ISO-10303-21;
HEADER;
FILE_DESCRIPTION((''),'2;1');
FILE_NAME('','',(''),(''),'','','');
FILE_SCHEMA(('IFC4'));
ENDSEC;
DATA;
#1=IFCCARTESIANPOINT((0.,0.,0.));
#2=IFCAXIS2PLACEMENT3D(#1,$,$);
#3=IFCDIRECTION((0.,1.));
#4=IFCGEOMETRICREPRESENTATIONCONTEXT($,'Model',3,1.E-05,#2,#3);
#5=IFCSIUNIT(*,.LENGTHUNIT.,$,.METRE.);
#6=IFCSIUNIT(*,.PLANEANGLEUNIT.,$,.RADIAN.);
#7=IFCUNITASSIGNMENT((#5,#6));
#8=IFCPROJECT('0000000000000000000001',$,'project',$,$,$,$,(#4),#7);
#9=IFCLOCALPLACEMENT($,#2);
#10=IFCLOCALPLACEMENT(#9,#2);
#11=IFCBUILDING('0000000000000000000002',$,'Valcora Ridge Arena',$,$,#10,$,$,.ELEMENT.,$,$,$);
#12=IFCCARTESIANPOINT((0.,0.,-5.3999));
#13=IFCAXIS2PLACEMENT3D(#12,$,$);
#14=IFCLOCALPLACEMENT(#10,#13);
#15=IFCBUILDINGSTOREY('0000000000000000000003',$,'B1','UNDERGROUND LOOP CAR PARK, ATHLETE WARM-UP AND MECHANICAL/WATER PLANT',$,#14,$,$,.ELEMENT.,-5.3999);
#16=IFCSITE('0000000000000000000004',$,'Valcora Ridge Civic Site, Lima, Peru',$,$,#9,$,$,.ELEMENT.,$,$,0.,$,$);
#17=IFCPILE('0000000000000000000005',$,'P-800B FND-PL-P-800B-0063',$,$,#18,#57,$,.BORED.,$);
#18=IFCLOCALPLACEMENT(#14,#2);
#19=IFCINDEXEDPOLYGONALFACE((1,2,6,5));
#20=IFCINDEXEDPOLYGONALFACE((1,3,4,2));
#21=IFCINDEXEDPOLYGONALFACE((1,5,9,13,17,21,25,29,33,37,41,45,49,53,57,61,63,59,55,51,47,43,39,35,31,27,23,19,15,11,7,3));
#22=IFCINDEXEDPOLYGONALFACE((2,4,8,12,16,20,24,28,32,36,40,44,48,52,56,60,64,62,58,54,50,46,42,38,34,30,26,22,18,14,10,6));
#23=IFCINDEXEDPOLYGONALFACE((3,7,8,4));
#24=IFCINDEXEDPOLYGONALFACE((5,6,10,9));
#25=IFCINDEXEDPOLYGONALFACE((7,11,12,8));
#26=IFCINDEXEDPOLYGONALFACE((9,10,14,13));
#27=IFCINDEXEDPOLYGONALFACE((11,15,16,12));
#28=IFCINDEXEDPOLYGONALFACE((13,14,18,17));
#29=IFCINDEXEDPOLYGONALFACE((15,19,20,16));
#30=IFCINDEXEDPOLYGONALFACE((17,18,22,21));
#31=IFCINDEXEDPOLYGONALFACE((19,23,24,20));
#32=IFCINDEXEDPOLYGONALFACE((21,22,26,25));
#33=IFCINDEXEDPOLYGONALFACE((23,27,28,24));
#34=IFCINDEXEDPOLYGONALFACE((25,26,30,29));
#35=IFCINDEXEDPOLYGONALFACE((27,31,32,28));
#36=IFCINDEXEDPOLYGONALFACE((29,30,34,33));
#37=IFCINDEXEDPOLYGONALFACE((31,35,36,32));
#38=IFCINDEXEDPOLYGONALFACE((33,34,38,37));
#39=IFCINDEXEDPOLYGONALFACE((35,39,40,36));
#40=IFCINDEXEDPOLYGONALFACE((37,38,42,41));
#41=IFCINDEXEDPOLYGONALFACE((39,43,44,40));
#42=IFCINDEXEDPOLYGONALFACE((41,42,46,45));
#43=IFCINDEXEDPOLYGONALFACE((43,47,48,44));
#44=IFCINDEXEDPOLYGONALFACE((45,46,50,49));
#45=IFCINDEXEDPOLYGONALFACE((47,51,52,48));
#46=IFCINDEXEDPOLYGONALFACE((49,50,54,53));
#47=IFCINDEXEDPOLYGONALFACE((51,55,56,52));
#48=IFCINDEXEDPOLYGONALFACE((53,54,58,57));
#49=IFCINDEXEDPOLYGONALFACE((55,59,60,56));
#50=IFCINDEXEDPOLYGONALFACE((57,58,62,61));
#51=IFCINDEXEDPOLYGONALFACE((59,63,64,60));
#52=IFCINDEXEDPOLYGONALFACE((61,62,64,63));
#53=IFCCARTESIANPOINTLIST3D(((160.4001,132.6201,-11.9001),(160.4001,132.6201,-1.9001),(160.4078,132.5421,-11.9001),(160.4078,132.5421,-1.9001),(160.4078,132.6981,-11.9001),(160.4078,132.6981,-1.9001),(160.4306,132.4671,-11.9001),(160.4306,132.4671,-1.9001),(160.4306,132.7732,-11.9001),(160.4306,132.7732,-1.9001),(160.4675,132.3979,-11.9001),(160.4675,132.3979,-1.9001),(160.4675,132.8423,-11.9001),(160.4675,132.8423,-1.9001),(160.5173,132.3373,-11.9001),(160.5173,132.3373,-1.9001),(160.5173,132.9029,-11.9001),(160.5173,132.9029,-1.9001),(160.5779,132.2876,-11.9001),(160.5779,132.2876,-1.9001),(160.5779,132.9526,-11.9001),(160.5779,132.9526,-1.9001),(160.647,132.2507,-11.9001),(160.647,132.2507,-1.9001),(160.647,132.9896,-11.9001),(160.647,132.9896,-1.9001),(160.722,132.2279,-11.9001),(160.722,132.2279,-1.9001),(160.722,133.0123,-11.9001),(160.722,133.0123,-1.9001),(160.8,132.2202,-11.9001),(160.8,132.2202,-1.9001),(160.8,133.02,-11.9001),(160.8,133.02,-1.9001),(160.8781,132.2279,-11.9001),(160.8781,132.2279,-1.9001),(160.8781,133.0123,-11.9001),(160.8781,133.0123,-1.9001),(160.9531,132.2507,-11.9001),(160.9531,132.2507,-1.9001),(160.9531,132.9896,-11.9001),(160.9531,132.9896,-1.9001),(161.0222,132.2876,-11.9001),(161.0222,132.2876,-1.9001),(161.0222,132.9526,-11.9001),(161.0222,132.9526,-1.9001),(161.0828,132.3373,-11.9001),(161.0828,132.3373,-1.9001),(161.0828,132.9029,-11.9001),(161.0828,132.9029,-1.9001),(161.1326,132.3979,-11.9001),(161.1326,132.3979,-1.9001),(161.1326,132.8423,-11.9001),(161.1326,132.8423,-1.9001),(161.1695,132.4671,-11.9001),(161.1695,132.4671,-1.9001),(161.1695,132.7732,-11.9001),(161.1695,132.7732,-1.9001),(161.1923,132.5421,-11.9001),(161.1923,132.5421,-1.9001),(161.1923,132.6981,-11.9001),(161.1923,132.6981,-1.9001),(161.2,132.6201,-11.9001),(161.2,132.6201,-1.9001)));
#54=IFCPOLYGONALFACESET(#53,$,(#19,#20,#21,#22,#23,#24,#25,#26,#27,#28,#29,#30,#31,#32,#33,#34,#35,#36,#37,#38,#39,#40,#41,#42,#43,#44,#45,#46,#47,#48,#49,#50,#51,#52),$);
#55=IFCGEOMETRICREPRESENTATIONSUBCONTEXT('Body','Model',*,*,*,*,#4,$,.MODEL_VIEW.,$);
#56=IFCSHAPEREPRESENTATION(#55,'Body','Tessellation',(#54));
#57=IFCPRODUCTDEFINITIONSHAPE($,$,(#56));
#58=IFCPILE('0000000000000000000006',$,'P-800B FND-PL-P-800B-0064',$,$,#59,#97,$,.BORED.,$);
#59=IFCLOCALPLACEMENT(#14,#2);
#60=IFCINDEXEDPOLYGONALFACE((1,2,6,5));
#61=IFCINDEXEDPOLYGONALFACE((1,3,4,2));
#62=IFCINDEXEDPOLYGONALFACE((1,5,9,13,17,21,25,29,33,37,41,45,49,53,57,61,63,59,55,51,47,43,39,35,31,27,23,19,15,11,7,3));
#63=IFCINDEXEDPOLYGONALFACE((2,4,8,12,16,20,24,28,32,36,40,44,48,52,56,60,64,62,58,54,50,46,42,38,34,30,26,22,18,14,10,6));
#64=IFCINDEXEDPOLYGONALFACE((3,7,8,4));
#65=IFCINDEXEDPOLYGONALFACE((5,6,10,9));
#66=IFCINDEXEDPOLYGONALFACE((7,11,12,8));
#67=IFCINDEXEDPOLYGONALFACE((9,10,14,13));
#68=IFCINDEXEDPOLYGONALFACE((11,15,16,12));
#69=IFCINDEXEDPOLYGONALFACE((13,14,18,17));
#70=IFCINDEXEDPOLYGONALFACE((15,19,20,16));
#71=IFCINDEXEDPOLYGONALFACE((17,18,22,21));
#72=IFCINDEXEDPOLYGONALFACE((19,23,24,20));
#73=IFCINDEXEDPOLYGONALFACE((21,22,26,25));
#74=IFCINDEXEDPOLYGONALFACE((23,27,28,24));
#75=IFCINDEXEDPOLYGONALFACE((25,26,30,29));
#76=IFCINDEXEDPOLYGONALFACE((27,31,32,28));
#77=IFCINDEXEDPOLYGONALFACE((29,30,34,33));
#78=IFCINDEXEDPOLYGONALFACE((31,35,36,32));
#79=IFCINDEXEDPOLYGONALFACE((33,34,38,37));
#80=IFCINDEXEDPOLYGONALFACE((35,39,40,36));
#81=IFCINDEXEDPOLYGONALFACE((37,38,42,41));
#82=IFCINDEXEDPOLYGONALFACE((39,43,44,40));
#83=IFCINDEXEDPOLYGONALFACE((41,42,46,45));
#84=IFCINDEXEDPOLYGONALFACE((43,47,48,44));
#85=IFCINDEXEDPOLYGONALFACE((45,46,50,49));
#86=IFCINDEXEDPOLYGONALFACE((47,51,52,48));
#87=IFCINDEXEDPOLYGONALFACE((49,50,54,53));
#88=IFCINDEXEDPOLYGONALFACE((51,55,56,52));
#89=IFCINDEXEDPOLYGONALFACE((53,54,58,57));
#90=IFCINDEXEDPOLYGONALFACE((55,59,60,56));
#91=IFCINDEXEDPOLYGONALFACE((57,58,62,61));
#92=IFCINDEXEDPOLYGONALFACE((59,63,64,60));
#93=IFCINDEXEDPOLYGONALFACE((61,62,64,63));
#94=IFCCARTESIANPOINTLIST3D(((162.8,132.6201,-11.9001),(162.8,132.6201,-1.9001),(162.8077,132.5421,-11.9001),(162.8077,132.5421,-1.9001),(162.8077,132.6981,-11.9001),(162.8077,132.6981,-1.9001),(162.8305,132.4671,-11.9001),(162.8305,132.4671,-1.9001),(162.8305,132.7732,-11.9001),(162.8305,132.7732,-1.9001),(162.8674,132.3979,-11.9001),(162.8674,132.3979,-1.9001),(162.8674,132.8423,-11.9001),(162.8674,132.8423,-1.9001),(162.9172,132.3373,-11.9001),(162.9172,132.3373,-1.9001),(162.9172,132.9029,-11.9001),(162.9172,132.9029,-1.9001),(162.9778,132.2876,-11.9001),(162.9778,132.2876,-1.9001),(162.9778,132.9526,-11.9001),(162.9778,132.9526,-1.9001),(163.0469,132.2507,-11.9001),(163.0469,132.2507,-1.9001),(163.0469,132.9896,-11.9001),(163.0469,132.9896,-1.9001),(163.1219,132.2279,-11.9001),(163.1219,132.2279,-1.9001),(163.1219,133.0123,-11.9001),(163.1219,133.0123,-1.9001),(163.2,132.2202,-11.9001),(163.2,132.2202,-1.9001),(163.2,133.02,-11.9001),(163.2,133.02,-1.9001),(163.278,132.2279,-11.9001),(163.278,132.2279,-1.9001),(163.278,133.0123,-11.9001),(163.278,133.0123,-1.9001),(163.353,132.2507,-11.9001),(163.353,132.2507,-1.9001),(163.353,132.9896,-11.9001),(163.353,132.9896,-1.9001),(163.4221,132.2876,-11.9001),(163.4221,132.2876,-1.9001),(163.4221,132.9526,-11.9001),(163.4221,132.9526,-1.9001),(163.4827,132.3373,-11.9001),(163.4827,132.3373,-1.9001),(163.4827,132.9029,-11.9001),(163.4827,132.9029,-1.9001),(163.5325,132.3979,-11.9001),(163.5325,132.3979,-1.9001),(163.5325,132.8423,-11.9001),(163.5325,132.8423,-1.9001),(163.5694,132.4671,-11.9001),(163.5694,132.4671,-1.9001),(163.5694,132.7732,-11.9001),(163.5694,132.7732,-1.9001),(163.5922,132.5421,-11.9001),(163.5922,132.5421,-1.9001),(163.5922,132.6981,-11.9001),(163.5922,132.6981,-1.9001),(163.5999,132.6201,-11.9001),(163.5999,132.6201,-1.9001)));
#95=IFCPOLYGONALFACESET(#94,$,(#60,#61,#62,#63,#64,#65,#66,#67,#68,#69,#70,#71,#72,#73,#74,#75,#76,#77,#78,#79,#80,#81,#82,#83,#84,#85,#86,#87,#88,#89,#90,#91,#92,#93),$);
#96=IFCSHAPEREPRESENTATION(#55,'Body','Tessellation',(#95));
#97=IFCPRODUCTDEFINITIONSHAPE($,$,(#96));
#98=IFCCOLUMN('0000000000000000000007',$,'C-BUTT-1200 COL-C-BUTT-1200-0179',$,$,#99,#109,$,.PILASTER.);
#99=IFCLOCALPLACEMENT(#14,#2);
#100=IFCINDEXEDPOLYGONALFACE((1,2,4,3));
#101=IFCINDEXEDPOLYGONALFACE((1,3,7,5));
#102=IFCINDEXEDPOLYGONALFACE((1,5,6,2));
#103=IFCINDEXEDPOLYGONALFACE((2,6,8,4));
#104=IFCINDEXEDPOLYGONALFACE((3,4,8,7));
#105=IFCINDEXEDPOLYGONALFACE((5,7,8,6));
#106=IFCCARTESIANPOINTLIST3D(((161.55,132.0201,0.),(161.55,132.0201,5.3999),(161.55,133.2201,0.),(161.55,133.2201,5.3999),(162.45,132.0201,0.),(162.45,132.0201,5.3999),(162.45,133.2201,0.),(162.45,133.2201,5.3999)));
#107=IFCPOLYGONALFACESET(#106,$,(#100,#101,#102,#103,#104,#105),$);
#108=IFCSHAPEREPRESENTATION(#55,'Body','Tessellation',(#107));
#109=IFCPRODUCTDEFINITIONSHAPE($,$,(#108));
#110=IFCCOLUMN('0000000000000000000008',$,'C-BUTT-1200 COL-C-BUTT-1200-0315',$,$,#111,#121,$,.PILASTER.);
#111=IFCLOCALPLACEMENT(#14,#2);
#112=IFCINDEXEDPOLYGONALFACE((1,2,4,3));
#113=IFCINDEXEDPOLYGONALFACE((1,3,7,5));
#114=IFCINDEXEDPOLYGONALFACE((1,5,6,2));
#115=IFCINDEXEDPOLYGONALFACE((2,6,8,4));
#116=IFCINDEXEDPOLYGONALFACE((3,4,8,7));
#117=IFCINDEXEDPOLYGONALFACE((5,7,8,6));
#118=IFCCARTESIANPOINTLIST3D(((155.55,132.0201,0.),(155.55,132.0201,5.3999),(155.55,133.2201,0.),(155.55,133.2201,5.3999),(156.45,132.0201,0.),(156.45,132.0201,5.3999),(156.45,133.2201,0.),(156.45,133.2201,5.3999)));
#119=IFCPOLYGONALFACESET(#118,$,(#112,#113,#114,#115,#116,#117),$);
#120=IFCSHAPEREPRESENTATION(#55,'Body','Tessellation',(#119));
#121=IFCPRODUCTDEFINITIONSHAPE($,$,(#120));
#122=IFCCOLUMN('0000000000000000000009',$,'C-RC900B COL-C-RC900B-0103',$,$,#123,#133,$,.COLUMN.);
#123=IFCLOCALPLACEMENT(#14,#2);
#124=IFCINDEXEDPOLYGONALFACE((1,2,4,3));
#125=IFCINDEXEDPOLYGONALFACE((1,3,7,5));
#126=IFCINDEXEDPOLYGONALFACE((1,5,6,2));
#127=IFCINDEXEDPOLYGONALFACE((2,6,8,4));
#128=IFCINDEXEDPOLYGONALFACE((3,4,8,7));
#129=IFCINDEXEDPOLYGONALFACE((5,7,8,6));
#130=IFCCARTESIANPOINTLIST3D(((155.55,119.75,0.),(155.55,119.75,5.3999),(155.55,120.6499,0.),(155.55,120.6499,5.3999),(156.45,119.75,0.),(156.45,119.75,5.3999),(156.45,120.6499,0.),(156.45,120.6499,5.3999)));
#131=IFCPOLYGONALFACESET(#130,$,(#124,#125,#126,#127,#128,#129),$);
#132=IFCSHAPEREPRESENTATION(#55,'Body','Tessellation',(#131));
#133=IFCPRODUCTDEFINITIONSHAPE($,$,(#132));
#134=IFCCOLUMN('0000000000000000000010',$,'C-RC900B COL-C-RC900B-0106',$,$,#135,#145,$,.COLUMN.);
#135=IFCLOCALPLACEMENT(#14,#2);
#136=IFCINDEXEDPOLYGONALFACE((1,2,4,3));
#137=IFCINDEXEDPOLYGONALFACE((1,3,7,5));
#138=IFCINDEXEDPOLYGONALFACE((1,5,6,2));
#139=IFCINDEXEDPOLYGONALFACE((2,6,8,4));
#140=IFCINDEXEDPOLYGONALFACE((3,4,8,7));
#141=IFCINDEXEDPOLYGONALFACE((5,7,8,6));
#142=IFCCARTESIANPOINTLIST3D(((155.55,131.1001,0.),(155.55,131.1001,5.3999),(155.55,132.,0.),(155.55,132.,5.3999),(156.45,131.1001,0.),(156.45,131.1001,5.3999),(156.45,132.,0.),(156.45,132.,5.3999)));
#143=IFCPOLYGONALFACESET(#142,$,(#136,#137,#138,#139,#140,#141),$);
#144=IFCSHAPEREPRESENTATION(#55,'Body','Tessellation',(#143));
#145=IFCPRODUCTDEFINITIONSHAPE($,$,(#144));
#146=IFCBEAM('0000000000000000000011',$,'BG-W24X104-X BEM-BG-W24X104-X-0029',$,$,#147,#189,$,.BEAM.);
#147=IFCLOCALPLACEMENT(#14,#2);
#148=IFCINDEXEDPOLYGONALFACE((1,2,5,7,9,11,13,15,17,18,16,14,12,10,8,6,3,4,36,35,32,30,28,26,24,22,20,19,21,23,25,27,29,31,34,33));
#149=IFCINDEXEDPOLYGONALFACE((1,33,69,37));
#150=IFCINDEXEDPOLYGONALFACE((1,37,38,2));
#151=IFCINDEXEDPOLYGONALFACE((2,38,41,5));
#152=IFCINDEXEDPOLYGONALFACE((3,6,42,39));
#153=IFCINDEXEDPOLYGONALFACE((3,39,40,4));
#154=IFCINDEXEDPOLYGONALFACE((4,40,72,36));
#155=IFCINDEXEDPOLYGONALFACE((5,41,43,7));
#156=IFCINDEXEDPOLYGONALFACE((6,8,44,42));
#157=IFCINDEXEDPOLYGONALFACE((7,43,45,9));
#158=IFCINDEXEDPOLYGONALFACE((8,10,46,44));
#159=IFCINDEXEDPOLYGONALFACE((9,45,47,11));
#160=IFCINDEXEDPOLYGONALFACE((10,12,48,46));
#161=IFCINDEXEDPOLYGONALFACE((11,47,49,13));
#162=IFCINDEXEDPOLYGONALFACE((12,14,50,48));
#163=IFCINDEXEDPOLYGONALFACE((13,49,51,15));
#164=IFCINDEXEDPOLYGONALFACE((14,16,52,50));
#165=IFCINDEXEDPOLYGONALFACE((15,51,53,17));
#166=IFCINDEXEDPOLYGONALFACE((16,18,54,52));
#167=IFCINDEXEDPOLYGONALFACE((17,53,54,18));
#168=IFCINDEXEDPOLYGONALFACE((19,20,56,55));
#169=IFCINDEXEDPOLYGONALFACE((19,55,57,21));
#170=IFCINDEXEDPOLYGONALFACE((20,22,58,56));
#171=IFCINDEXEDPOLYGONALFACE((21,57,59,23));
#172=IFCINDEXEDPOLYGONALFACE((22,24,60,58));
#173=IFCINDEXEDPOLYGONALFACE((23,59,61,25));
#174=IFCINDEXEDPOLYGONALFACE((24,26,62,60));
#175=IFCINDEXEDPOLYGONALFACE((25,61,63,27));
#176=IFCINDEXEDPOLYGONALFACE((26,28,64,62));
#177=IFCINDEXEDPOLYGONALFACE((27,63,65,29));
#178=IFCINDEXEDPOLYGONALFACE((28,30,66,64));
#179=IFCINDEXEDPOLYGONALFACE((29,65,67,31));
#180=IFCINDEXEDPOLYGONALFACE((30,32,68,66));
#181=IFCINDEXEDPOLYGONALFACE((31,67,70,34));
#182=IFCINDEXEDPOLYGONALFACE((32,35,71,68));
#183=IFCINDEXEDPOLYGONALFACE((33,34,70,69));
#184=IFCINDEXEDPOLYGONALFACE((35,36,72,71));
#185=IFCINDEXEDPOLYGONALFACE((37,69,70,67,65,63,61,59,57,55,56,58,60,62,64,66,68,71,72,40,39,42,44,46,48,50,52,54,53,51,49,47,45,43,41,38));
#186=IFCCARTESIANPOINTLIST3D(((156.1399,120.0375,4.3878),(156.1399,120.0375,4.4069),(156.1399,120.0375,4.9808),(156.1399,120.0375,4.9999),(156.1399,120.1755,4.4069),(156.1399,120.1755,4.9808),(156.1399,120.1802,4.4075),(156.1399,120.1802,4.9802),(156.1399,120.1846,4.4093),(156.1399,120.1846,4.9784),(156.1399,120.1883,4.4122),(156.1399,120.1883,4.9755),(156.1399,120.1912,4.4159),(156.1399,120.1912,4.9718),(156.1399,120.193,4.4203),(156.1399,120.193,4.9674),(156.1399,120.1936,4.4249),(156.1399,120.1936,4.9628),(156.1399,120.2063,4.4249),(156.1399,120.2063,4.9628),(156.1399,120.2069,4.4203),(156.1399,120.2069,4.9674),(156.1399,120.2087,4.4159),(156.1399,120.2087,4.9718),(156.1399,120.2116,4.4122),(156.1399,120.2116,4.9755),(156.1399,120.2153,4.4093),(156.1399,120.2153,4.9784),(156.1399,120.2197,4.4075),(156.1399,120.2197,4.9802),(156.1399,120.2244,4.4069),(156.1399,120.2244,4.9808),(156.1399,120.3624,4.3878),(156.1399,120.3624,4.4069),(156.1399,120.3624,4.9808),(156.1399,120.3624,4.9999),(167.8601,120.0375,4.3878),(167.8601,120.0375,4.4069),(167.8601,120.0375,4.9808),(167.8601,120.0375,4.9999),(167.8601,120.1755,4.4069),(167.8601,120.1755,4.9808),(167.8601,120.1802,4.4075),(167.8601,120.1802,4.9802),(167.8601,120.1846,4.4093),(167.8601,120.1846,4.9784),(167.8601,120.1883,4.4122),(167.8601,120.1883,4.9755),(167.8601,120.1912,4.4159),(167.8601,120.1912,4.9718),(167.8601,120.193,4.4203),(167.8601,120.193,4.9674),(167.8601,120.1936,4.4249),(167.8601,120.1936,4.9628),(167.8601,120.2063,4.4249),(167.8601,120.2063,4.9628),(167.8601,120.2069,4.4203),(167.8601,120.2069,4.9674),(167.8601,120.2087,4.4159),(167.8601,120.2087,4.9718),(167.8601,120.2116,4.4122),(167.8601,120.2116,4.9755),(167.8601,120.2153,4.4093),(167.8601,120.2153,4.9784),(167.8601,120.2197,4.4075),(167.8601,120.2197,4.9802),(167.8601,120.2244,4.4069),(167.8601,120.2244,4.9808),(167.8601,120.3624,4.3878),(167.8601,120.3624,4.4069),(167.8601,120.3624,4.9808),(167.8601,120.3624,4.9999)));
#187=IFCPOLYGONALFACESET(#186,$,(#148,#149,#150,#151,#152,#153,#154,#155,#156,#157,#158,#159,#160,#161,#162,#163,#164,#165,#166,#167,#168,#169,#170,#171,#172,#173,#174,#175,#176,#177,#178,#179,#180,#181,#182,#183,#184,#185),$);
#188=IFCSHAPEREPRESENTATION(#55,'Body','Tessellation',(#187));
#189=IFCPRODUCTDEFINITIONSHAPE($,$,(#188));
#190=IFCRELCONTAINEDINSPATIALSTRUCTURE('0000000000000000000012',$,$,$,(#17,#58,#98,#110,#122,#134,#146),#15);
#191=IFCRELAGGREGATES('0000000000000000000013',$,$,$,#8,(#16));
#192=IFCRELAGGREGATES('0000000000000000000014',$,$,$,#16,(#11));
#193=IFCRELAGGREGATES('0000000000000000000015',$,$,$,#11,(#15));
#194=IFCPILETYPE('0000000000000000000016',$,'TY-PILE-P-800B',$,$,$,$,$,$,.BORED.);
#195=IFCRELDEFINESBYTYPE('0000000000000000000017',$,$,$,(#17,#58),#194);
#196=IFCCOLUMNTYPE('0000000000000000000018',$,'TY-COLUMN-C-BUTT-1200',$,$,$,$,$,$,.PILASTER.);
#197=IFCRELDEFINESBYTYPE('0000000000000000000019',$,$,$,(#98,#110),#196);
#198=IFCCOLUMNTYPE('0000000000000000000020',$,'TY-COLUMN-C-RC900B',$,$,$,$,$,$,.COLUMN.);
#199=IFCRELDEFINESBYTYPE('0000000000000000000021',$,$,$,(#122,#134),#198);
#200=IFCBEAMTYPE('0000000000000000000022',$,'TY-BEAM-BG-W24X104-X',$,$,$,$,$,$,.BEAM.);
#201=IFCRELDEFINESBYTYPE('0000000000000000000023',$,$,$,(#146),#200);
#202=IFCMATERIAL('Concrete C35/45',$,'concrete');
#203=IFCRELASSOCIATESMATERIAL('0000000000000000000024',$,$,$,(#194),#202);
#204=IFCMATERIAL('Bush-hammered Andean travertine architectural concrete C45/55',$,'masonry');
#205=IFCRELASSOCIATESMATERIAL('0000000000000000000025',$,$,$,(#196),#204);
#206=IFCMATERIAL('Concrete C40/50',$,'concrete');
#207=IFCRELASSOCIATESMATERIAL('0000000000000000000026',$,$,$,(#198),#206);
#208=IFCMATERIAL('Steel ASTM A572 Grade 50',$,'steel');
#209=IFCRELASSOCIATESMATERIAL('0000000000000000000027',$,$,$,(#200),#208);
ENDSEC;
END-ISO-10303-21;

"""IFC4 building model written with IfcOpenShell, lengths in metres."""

from ifc_helpers import new_model, si_unit, direction, frame, origin, origin_2d, place, context, subcontext, project, spatial, rectangle, circle, i_section, extrude, material, material_profile, profile_set, type_object, element, save


model = new_model("IFC4")

# Units and contexts
model_context = context("Model", 3, precision=1e-05, world=origin(), true_north=direction((0.0, 1.0)))
body_context = subcontext(model_context, "Body", "Model", "MODEL_VIEW")
ifc_project = project(units=[si_unit("LENGTHUNIT", "METRE"), si_unit("PLANEANGLEUNIT", "RADIAN")], contexts=[model_context])

# Site, building, storey
site_placement = place(None, origin())
site = spatial("IfcSite", under=ifc_project, at=site_placement, Name="Valcora Ridge Civic Site, Lima, Peru", CompositionType="ELEMENT", RefElevation=0.0)
building_placement = place(site_placement, origin())
building = spatial("IfcBuilding", under=site, at=building_placement, Name="Valcora Ridge Arena", CompositionType="ELEMENT")
storey_placement = place(building_placement, frame((0.0, 0.0, -5.3999)))
storey = spatial("IfcBuildingStorey", under=building, at=storey_placement, Name="B1", Description="UNDERGROUND LOOP CAR PARK, ATHLETE WARM-UP AND MECHANICAL/WATER PLANT", CompositionType="ELEMENT", Elevation=-5.3999)

# Shared definitions
ifc_material_1 = material(Name="Concrete C40/50", Category="concrete")

# Piles
ifc_material_2 = material(Name="Concrete C35/45", Category="concrete")
ifc_material_profile_1 = material_profile(ifc_material_2, circle(Radius=0.3999, at=origin_2d()), Name="BORED PILE D800")
ifc_profile_set_1 = profile_set([ifc_material_profile_1], Name="Concrete C35/45")
pile_type_1 = type_object("IfcPileType", Name="TY-PILE-P-800B", PredefinedType="BORED", material=ifc_profile_set_1)
for number, where, z_axis, x_axis, name in (
    (1, (160.8, 132.6201, -1.9001), (0.0, 0.0, -1.0), (1.0, 0.0, 0.0), "P-800B FND-PL-P-800B-0063"),
    (2, (163.2, 132.6201, -1.9001), (0.0, 0.0, -1.0), (1.0, 0.0, 0.0), "P-800B FND-PL-P-800B-0064"),
):
    element("IfcPile", number, at=place(storey_placement, frame(where, z_axis=z_axis, x_axis=x_axis)), inside=storey, type_object=pile_type_1, Name=name, PredefinedType="BORED", context=body_context, shape_type="SweptSolid", body=[
        extrude(circle(Radius=0.3999, at=origin_2d()), origin(), (0.0, 0.0, 1.0), 10.0),
    ])

# Columns
ifc_material_3 = material(Name="Bush-hammered Andean travertine architectural concrete C45/55", Category="masonry")
ifc_material_profile_2 = material_profile(ifc_material_3, rectangle(XDim=0.8999, YDim=1.2, at=origin_2d()), Name="RC 900x1200")
ifc_profile_set_2 = profile_set([ifc_material_profile_2], Name="Bush-hammered Andean travertine architectural concrete C45/55")
column_type_1 = type_object("IfcColumnType", Name="TY-COLUMN-C-BUTT-1200", PredefinedType="PILASTER", material=ifc_profile_set_2)
for number, where, z_axis, x_axis, name in (
    (3, (162.0, 132.6201, 0.0), (0.0, 0.0, 1.0), (1.0, 0.0, 0.0), "C-BUTT-1200 COL-C-BUTT-1200-0179"),
    (4, (156.0, 132.6201, 0.0), (0.0, 0.0, 1.0), (1.0, 0.0, 0.0), "C-BUTT-1200 COL-C-BUTT-1200-0315"),
):
    element("IfcColumn", number, at=place(storey_placement, frame(where, z_axis=z_axis, x_axis=x_axis)), inside=storey, type_object=column_type_1, Name=name, PredefinedType="PILASTER", context=body_context, shape_type="SweptSolid", body=[
        extrude(rectangle(XDim=0.8999, YDim=1.2, at=origin_2d()), origin(), (0.0, 0.0, 1.0), 5.3999),
    ])
ifc_material_profile_3 = material_profile(ifc_material_1, rectangle(XDim=0.8999, YDim=0.8999, at=origin_2d()), Name="RC 900x900")
ifc_profile_set_3 = profile_set([ifc_material_profile_3], Name="Concrete C40/50")
column_type_2 = type_object("IfcColumnType", Name="TY-COLUMN-C-RC900B", PredefinedType="COLUMN", material=ifc_profile_set_3)
for number, where, z_axis, x_axis, name in (
    (5, (156.0, 120.2, 0.0), (0.0, 0.0, 1.0), (1.0, 0.0, 0.0), "C-RC900B COL-C-RC900B-0103"),
    (6, (156.0, 131.55, 0.0), (0.0, 0.0, 1.0), (1.0, 0.0, 0.0), "C-RC900B COL-C-RC900B-0106"),
):
    element("IfcColumn", number, at=place(storey_placement, frame(where, z_axis=z_axis, x_axis=x_axis)), inside=storey, type_object=column_type_2, Name=name, PredefinedType="COLUMN", context=body_context, shape_type="SweptSolid", body=[
        extrude(rectangle(XDim=0.8999, YDim=0.8999, at=origin_2d()), origin(), (0.0, 0.0, 1.0), 5.3999),
    ])

# Beam
ifc_material_4 = material(Name="Steel ASTM A572 Grade 50", Category="steel")
ifc_material_profile_4 = material_profile(ifc_material_4, i_section(OverallWidth=0.325, OverallDepth=0.6121, WebThickness=0.0127, FlangeThickness=0.019, FilletRadius=0.0181, at=origin_2d()), Name="W24X104")
ifc_profile_set_4 = profile_set([ifc_material_profile_4], Name="Steel ASTM A572 Grade 50")
beam_type_1 = type_object("IfcBeamType", Name="TY-BEAM-BG-W24X104-X", PredefinedType="BEAM", material=ifc_profile_set_4)
beam_1_placement = place(storey_placement, frame((156.1399, 120.2, 4.6938), z_axis=(1.0, 0.0, 0.0), x_axis=(0.0, 1.0, 0.0)))
element("IfcBeam", 7, at=beam_1_placement, inside=storey, type_object=beam_type_1, Name="BG-W24X104-X BEM-BG-W24X104-X-0029", PredefinedType="BEAM", context=body_context, shape_type="SweptSolid", body=[
    extrude(i_section(OverallWidth=0.325, OverallDepth=0.6121, WebThickness=0.0127, FlangeThickness=0.019, FilletRadius=0.0181, at=origin_2d()), origin(), (0.0, 0.0, 1.0), 11.7202),
])

save(model, "model.ifc")
